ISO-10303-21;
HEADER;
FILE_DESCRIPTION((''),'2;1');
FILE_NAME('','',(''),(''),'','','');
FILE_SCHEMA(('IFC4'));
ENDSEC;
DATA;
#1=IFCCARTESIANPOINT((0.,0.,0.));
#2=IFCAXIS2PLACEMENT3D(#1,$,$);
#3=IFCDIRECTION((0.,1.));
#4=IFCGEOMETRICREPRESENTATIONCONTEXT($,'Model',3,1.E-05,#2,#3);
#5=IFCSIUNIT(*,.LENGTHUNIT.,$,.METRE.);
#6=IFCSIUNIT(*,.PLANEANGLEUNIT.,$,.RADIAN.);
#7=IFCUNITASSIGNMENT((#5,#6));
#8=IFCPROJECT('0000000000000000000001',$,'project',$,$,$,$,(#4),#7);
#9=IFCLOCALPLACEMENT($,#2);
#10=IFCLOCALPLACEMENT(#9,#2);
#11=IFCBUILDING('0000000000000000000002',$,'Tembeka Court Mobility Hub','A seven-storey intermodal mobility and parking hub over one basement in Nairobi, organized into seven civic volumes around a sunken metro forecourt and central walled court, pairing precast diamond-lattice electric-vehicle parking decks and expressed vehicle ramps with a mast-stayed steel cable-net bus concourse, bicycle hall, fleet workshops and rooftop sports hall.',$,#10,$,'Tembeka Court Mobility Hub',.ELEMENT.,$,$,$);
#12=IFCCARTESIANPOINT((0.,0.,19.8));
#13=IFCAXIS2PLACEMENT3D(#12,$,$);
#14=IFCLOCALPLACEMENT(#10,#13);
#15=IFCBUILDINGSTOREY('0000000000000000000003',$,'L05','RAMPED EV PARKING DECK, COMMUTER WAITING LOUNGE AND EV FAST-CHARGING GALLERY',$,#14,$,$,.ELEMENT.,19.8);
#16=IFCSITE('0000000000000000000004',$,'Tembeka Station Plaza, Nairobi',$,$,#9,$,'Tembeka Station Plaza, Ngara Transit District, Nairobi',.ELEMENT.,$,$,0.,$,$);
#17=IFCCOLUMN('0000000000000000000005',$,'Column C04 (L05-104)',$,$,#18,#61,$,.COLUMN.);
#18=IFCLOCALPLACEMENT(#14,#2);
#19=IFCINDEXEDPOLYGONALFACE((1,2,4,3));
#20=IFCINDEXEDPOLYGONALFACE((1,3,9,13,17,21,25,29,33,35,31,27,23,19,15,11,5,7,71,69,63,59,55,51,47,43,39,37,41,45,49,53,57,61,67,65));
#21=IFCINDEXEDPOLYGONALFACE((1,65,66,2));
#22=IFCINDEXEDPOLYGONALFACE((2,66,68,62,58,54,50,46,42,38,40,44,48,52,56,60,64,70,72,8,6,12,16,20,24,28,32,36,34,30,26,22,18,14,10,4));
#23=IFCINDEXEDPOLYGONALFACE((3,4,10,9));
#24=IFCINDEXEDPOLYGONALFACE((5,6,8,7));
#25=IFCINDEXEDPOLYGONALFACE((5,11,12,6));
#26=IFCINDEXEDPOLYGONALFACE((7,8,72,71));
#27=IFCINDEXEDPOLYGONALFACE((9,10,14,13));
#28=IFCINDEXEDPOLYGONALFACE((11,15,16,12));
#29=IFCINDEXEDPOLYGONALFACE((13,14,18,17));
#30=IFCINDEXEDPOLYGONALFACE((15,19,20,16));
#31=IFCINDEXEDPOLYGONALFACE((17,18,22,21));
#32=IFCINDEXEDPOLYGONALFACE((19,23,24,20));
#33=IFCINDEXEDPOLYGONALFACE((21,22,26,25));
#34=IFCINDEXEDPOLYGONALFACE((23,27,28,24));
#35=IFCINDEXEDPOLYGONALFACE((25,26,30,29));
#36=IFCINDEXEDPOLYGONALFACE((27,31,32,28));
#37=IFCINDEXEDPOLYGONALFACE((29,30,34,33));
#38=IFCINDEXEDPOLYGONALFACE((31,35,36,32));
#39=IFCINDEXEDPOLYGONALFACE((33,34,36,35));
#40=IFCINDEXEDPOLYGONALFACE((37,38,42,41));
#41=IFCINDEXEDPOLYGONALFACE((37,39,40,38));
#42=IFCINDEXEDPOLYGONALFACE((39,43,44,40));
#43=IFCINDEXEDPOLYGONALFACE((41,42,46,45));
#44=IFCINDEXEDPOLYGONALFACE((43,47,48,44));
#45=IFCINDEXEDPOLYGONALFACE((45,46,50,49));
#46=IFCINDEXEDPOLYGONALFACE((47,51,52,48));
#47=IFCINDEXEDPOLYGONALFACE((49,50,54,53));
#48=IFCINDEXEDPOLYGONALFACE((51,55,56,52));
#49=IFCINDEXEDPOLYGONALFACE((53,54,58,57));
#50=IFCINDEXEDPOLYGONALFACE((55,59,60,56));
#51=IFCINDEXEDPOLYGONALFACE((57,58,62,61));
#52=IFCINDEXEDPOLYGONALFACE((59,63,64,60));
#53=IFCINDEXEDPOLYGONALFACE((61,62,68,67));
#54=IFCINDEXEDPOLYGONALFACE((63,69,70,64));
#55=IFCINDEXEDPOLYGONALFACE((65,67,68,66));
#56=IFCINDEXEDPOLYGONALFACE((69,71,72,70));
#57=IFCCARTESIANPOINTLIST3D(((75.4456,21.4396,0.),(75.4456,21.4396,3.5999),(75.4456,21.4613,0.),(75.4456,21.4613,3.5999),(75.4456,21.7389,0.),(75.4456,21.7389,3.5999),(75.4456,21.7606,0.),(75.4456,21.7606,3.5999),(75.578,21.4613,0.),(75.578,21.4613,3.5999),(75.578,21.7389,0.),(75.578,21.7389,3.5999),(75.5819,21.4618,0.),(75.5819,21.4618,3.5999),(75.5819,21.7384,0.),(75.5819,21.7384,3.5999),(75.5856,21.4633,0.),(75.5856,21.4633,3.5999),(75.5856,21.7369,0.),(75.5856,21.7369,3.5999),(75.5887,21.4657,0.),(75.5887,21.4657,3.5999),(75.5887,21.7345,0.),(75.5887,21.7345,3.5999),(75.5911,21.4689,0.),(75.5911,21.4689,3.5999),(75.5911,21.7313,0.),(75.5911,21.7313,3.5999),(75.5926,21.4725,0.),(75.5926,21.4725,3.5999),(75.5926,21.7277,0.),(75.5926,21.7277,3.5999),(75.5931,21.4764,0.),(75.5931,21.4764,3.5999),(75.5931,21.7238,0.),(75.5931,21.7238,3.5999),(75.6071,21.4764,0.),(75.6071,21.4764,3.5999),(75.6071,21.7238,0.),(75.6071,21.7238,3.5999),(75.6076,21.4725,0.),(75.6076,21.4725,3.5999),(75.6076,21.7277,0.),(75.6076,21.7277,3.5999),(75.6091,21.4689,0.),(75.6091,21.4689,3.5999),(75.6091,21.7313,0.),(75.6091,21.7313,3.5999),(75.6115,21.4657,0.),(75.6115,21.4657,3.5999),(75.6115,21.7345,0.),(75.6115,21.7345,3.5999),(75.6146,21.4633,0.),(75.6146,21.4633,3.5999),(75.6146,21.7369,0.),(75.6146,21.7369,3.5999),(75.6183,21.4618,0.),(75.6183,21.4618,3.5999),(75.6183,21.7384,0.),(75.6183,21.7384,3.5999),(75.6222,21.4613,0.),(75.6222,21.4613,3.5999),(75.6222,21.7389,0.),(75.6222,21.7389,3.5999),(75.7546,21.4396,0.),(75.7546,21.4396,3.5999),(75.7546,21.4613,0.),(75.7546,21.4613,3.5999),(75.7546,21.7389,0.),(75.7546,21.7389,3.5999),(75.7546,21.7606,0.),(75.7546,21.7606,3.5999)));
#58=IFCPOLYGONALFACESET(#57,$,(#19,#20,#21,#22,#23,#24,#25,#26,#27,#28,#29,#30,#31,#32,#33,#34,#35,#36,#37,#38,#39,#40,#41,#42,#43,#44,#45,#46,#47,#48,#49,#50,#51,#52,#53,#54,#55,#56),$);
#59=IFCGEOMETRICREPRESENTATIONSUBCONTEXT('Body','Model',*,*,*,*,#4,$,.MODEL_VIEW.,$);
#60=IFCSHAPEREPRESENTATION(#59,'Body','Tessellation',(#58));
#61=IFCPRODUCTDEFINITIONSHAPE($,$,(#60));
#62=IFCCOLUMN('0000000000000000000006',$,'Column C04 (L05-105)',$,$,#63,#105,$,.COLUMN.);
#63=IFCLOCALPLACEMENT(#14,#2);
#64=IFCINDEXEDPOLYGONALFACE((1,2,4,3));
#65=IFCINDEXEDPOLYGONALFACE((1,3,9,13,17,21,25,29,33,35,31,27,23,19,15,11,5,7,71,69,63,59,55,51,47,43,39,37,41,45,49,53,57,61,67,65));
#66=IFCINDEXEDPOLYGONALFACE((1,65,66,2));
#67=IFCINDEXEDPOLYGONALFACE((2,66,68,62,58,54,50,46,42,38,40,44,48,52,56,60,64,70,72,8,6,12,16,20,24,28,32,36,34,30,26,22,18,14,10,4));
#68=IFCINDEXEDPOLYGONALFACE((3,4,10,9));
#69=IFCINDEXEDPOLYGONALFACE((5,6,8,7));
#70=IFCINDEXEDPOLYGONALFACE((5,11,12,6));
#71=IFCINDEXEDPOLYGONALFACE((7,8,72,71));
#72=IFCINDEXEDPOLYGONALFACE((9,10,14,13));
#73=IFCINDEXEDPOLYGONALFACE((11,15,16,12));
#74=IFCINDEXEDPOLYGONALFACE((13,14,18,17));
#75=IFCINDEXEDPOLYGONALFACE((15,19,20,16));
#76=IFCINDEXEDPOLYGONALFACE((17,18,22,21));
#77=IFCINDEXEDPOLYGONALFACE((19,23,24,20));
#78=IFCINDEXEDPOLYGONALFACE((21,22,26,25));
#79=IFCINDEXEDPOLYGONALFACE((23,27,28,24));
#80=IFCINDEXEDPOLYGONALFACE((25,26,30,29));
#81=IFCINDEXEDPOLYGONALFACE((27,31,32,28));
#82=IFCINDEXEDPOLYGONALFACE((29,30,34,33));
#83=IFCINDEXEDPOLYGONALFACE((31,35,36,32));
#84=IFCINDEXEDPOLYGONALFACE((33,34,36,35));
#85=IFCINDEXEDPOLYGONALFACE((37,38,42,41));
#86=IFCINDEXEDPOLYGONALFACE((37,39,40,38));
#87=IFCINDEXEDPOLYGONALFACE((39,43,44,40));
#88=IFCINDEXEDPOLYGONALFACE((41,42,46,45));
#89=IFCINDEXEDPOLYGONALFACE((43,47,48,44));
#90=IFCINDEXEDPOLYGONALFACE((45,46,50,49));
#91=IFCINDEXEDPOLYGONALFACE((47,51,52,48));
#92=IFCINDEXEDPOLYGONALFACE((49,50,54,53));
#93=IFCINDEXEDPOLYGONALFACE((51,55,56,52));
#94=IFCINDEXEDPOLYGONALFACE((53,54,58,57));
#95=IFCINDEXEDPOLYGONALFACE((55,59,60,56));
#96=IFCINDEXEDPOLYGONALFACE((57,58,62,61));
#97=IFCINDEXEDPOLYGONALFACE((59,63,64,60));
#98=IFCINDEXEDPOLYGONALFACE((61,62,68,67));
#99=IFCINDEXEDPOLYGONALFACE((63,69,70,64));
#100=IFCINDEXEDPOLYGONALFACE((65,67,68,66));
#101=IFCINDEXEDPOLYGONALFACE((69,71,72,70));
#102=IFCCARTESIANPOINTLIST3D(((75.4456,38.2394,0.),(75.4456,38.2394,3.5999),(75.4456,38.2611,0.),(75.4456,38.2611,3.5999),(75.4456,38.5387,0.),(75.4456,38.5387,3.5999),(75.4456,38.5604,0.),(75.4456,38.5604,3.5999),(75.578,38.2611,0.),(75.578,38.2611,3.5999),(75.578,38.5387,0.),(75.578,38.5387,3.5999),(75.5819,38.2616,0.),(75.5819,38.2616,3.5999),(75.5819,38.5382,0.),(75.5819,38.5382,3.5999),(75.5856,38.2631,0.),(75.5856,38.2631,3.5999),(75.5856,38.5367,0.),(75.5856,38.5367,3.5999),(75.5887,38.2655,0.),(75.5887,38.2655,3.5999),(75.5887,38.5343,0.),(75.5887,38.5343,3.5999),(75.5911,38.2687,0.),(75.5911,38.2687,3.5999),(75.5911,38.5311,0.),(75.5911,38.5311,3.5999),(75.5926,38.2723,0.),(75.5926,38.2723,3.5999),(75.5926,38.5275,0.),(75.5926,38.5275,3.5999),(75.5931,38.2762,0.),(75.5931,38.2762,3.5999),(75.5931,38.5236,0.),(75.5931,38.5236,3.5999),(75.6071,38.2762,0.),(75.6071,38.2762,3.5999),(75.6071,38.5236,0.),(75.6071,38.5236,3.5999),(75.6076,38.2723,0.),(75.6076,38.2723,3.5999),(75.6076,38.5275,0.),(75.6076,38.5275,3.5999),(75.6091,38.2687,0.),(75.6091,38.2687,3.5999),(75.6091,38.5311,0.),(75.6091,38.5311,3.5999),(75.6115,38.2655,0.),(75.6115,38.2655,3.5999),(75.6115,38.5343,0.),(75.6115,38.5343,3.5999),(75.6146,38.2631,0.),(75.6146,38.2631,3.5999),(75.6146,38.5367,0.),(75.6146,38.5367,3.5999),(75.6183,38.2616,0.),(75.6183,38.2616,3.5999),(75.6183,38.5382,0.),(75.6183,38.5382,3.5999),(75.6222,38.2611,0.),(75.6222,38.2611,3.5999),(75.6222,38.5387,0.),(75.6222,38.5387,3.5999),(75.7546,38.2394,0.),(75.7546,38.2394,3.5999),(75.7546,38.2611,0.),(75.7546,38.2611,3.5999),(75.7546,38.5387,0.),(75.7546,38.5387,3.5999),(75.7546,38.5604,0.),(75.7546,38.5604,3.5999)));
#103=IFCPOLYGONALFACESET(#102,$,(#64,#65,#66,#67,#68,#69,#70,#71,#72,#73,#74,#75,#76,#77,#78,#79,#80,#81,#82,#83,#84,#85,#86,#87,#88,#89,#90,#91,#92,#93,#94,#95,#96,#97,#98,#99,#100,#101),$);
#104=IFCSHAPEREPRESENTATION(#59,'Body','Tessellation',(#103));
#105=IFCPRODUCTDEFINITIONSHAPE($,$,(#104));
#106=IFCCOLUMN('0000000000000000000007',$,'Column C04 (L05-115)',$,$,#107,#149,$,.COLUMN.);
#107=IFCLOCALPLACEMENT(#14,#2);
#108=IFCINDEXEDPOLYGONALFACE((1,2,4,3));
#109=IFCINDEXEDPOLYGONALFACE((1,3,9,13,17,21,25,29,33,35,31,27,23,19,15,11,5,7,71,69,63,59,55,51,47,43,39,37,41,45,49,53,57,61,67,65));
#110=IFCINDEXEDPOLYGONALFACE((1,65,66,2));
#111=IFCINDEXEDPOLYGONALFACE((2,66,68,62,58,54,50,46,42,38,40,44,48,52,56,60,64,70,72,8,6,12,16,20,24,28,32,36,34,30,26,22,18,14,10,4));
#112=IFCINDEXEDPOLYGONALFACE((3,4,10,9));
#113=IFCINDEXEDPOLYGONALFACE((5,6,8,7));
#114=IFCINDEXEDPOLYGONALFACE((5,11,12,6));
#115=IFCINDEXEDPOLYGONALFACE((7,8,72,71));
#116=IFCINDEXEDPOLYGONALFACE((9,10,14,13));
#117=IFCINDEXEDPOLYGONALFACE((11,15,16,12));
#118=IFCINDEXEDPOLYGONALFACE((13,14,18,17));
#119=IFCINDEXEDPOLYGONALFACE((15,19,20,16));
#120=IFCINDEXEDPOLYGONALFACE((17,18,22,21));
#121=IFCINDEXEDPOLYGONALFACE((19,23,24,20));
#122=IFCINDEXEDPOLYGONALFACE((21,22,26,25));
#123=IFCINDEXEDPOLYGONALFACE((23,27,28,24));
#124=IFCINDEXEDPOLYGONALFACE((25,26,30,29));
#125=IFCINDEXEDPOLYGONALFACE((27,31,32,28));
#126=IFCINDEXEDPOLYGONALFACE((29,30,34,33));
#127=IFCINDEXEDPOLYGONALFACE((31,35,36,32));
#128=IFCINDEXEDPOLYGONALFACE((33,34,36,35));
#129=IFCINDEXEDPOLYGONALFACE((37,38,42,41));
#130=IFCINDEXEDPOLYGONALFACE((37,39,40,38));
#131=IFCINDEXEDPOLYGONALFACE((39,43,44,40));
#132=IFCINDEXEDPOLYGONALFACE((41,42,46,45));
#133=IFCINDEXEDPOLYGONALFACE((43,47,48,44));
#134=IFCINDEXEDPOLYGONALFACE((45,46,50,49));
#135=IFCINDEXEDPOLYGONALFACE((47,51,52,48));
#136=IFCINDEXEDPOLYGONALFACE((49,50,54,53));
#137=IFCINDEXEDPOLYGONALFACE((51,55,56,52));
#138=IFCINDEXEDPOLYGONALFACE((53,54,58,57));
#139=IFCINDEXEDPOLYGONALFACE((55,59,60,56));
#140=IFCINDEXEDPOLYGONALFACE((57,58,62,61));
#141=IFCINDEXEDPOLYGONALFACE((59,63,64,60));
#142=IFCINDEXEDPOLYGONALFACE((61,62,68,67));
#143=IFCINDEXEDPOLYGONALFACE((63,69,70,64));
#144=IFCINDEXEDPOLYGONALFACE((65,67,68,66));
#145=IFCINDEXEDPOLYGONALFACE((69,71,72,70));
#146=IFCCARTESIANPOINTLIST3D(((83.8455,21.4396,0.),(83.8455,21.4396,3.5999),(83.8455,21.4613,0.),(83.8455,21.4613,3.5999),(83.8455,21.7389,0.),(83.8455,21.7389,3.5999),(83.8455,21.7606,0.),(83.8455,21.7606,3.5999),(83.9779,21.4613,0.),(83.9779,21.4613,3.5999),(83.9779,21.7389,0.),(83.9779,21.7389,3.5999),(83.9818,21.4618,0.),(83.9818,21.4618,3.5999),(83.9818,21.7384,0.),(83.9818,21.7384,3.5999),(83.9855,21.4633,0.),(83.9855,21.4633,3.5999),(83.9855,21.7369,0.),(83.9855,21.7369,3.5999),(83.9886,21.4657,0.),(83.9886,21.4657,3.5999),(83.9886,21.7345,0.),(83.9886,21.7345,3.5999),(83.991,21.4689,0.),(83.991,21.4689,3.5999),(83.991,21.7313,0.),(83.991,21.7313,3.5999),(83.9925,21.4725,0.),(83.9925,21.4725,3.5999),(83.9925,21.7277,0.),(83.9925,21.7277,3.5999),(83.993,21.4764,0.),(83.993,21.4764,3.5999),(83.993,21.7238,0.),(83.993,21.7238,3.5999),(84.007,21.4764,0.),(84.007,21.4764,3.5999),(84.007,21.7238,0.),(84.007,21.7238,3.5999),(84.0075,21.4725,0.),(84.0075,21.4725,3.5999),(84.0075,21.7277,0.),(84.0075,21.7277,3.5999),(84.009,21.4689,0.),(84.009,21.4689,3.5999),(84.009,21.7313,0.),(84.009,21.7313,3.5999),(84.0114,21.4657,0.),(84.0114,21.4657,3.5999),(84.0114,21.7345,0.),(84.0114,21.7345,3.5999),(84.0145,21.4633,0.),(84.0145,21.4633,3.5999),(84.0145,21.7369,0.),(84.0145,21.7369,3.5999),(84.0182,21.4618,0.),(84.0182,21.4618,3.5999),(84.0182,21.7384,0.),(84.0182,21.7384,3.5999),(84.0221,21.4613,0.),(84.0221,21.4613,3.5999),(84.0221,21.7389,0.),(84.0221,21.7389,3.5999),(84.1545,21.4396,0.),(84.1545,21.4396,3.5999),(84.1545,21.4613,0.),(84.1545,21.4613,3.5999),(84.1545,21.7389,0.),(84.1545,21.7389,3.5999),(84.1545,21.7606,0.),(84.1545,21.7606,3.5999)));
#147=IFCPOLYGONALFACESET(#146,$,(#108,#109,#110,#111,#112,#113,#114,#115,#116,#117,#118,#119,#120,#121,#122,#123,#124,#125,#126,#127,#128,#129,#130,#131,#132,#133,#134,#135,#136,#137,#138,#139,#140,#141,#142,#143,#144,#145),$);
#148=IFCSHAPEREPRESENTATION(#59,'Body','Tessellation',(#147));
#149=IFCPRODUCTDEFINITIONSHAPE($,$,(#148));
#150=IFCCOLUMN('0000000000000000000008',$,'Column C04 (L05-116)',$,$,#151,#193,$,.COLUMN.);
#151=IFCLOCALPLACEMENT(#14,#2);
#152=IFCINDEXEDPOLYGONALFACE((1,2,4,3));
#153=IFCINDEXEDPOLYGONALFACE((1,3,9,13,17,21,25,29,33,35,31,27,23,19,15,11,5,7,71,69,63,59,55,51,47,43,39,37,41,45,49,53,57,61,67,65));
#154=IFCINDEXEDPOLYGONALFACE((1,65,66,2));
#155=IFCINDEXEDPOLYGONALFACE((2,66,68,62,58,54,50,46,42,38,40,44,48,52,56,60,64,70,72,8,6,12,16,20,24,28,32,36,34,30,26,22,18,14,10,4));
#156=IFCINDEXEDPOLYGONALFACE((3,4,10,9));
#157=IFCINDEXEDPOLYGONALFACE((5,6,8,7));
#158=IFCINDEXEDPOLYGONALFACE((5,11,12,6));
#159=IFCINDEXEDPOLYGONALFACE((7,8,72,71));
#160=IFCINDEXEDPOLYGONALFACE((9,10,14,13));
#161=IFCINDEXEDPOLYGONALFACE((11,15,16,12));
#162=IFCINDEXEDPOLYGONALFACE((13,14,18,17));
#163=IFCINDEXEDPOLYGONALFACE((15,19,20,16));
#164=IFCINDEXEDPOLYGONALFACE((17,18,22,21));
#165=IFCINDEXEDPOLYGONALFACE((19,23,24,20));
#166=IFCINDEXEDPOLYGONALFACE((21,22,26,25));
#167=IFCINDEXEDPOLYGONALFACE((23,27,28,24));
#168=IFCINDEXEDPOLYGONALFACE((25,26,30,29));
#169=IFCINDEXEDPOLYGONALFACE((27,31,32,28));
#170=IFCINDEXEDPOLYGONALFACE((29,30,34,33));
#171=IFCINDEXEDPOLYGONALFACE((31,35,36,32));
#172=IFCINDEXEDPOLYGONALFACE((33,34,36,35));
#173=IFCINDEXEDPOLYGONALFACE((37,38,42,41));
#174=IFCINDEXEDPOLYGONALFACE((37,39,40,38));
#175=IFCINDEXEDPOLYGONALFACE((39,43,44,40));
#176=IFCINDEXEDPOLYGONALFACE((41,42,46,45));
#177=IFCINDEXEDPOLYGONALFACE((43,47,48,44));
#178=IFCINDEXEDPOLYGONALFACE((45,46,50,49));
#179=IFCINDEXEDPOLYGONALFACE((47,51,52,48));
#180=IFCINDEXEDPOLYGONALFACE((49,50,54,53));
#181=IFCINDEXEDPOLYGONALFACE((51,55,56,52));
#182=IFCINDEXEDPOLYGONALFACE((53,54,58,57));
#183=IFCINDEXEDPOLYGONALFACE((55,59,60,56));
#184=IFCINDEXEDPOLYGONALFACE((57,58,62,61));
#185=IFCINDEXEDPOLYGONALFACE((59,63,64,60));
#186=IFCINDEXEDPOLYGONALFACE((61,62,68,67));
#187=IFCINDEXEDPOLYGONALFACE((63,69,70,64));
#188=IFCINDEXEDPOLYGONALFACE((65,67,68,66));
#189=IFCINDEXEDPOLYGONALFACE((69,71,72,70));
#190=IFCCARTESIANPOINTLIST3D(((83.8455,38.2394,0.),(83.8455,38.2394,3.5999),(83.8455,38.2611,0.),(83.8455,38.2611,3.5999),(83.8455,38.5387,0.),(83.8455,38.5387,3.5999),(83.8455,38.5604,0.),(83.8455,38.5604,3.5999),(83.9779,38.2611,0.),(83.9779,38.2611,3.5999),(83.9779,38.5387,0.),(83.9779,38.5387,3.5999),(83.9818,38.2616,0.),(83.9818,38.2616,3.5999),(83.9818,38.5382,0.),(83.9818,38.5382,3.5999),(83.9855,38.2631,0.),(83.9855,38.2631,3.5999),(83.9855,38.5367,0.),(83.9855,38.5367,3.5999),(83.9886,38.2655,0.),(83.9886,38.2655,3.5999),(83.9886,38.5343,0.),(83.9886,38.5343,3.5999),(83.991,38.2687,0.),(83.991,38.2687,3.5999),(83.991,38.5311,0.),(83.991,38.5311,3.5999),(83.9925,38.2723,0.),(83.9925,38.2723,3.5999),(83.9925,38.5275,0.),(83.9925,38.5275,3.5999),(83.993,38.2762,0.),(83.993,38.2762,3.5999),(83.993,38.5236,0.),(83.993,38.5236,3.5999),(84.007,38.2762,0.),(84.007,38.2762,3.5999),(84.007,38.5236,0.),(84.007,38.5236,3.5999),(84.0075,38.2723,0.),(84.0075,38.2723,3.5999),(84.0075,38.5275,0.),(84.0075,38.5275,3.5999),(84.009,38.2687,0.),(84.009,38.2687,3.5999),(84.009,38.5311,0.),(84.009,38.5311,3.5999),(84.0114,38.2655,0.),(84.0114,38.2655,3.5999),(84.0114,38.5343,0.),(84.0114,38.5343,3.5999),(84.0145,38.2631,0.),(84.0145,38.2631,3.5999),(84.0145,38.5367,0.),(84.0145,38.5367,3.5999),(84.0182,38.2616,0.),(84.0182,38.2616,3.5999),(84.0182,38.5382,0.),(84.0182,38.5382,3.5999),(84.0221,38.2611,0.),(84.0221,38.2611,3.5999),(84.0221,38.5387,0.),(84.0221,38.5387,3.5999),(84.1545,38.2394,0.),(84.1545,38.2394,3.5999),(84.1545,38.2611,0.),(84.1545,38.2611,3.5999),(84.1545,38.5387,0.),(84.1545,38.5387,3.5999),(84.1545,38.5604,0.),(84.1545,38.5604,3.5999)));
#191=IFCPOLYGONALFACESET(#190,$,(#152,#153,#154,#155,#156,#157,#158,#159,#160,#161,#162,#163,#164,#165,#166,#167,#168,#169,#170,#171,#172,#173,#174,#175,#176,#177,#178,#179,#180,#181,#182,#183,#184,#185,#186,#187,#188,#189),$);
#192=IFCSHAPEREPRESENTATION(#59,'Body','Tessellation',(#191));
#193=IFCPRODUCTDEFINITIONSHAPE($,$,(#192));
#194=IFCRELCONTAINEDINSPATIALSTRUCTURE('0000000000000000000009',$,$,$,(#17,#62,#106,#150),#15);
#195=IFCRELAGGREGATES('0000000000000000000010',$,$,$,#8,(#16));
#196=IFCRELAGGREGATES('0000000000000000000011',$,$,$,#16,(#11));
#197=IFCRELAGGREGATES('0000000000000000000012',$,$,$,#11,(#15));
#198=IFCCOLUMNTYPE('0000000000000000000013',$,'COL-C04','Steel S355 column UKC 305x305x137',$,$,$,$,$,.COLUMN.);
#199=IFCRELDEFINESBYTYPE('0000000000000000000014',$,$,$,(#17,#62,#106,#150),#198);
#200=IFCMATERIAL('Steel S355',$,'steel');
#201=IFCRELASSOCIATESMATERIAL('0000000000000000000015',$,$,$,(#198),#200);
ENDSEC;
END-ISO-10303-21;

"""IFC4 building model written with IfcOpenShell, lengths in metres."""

from ifc_helpers import new_model, si_unit, direction, frame, origin, origin_2d, place, context, subcontext, project, spatial, i_section, extrude, material, material_profile, profile_set, type_object, element, save


model = new_model("IFC4")

# Units and contexts
model_context = context("Model", 3, precision=1e-05, world=origin(), true_north=direction((0.0, 1.0)))
body_context = subcontext(model_context, "Body", "Model", "MODEL_VIEW")
ifc_project = project(units=[si_unit("LENGTHUNIT", "METRE"), si_unit("PLANEANGLEUNIT", "RADIAN")], contexts=[model_context])

# Site, building, storey
site_placement = place(None, origin())
site = spatial("IfcSite", under=ifc_project, at=site_placement, Name="Tembeka Station Plaza, Nairobi", LongName="Tembeka Station Plaza, Ngara Transit District, Nairobi", CompositionType="ELEMENT", RefElevation=0.0)
building_placement = place(site_placement, origin())
building = spatial("IfcBuilding", under=site, at=building_placement, Name="Tembeka Court Mobility Hub", Description="A seven-storey intermodal mobility and parking hub over one basement in Nairobi, organized into seven civic volumes around a sunken metro forecourt and central walled court, pairing precast diamond-lattice electric-vehicle parking decks and expressed vehicle ramps with a mast-stayed steel cable-net bus concourse, bicycle hall, fleet workshops and rooftop sports hall.", LongName="Tembeka Court Mobility Hub", CompositionType="ELEMENT")
storey_placement = place(building_placement, frame((0.0, 0.0, 19.8)))
storey = spatial("IfcBuildingStorey", under=building, at=storey_placement, Name="L05", Description="RAMPED EV PARKING DECK, COMMUTER WAITING LOUNGE AND EV FAST-CHARGING GALLERY", CompositionType="ELEMENT", Elevation=19.8)

# Columns
ifc_material_1 = material(Name="Steel S355", Category="steel")
ifc_material_profile_1 = material_profile(ifc_material_1, i_section(OverallWidth=0.3091, OverallDepth=0.321, WebThickness=0.0139, FlangeThickness=0.0217, FilletRadius=0.0151, at=origin_2d()), Name="UKC 305x305x137")
ifc_profile_set_1 = profile_set([ifc_material_profile_1], Name="Steel S355")
column_type = type_object("IfcColumnType", Name="COL-C04", Description="Steel S355 column UKC 305x305x137", PredefinedType="COLUMN", material=ifc_profile_set_1)
for number, where, z_axis, x_axis, name in (
    (1, (75.6001, 21.6001, 0.0), (0.0, 0.0, 1.0), (1.0, 0.0, 0.0), "Column C04 (L05-104)"),
    (2, (75.6001, 38.3999, 0.0), (0.0, 0.0, 1.0), (1.0, 0.0, 0.0), "Column C04 (L05-105)"),
    (3, (84.0, 21.6001, 0.0), (0.0, 0.0, 1.0), (1.0, 0.0, 0.0), "Column C04 (L05-115)"),
    (4, (84.0, 38.3999, 0.0), (0.0, 0.0, 1.0), (1.0, 0.0, 0.0), "Column C04 (L05-116)"),
):
    element("IfcColumn", number, at=place(storey_placement, frame(where, z_axis=z_axis, x_axis=x_axis)), inside=storey, type_object=column_type, Name=name, PredefinedType="COLUMN", context=body_context, shape_type="SweptSolid", body=[
        extrude(i_section(OverallWidth=0.3091, OverallDepth=0.321, WebThickness=0.0139, FlangeThickness=0.0217, FilletRadius=0.0151, at=origin_2d()), origin(), (0.0, 0.0, 1.0), 3.5999),
    ])

save(model, "model.ifc")
